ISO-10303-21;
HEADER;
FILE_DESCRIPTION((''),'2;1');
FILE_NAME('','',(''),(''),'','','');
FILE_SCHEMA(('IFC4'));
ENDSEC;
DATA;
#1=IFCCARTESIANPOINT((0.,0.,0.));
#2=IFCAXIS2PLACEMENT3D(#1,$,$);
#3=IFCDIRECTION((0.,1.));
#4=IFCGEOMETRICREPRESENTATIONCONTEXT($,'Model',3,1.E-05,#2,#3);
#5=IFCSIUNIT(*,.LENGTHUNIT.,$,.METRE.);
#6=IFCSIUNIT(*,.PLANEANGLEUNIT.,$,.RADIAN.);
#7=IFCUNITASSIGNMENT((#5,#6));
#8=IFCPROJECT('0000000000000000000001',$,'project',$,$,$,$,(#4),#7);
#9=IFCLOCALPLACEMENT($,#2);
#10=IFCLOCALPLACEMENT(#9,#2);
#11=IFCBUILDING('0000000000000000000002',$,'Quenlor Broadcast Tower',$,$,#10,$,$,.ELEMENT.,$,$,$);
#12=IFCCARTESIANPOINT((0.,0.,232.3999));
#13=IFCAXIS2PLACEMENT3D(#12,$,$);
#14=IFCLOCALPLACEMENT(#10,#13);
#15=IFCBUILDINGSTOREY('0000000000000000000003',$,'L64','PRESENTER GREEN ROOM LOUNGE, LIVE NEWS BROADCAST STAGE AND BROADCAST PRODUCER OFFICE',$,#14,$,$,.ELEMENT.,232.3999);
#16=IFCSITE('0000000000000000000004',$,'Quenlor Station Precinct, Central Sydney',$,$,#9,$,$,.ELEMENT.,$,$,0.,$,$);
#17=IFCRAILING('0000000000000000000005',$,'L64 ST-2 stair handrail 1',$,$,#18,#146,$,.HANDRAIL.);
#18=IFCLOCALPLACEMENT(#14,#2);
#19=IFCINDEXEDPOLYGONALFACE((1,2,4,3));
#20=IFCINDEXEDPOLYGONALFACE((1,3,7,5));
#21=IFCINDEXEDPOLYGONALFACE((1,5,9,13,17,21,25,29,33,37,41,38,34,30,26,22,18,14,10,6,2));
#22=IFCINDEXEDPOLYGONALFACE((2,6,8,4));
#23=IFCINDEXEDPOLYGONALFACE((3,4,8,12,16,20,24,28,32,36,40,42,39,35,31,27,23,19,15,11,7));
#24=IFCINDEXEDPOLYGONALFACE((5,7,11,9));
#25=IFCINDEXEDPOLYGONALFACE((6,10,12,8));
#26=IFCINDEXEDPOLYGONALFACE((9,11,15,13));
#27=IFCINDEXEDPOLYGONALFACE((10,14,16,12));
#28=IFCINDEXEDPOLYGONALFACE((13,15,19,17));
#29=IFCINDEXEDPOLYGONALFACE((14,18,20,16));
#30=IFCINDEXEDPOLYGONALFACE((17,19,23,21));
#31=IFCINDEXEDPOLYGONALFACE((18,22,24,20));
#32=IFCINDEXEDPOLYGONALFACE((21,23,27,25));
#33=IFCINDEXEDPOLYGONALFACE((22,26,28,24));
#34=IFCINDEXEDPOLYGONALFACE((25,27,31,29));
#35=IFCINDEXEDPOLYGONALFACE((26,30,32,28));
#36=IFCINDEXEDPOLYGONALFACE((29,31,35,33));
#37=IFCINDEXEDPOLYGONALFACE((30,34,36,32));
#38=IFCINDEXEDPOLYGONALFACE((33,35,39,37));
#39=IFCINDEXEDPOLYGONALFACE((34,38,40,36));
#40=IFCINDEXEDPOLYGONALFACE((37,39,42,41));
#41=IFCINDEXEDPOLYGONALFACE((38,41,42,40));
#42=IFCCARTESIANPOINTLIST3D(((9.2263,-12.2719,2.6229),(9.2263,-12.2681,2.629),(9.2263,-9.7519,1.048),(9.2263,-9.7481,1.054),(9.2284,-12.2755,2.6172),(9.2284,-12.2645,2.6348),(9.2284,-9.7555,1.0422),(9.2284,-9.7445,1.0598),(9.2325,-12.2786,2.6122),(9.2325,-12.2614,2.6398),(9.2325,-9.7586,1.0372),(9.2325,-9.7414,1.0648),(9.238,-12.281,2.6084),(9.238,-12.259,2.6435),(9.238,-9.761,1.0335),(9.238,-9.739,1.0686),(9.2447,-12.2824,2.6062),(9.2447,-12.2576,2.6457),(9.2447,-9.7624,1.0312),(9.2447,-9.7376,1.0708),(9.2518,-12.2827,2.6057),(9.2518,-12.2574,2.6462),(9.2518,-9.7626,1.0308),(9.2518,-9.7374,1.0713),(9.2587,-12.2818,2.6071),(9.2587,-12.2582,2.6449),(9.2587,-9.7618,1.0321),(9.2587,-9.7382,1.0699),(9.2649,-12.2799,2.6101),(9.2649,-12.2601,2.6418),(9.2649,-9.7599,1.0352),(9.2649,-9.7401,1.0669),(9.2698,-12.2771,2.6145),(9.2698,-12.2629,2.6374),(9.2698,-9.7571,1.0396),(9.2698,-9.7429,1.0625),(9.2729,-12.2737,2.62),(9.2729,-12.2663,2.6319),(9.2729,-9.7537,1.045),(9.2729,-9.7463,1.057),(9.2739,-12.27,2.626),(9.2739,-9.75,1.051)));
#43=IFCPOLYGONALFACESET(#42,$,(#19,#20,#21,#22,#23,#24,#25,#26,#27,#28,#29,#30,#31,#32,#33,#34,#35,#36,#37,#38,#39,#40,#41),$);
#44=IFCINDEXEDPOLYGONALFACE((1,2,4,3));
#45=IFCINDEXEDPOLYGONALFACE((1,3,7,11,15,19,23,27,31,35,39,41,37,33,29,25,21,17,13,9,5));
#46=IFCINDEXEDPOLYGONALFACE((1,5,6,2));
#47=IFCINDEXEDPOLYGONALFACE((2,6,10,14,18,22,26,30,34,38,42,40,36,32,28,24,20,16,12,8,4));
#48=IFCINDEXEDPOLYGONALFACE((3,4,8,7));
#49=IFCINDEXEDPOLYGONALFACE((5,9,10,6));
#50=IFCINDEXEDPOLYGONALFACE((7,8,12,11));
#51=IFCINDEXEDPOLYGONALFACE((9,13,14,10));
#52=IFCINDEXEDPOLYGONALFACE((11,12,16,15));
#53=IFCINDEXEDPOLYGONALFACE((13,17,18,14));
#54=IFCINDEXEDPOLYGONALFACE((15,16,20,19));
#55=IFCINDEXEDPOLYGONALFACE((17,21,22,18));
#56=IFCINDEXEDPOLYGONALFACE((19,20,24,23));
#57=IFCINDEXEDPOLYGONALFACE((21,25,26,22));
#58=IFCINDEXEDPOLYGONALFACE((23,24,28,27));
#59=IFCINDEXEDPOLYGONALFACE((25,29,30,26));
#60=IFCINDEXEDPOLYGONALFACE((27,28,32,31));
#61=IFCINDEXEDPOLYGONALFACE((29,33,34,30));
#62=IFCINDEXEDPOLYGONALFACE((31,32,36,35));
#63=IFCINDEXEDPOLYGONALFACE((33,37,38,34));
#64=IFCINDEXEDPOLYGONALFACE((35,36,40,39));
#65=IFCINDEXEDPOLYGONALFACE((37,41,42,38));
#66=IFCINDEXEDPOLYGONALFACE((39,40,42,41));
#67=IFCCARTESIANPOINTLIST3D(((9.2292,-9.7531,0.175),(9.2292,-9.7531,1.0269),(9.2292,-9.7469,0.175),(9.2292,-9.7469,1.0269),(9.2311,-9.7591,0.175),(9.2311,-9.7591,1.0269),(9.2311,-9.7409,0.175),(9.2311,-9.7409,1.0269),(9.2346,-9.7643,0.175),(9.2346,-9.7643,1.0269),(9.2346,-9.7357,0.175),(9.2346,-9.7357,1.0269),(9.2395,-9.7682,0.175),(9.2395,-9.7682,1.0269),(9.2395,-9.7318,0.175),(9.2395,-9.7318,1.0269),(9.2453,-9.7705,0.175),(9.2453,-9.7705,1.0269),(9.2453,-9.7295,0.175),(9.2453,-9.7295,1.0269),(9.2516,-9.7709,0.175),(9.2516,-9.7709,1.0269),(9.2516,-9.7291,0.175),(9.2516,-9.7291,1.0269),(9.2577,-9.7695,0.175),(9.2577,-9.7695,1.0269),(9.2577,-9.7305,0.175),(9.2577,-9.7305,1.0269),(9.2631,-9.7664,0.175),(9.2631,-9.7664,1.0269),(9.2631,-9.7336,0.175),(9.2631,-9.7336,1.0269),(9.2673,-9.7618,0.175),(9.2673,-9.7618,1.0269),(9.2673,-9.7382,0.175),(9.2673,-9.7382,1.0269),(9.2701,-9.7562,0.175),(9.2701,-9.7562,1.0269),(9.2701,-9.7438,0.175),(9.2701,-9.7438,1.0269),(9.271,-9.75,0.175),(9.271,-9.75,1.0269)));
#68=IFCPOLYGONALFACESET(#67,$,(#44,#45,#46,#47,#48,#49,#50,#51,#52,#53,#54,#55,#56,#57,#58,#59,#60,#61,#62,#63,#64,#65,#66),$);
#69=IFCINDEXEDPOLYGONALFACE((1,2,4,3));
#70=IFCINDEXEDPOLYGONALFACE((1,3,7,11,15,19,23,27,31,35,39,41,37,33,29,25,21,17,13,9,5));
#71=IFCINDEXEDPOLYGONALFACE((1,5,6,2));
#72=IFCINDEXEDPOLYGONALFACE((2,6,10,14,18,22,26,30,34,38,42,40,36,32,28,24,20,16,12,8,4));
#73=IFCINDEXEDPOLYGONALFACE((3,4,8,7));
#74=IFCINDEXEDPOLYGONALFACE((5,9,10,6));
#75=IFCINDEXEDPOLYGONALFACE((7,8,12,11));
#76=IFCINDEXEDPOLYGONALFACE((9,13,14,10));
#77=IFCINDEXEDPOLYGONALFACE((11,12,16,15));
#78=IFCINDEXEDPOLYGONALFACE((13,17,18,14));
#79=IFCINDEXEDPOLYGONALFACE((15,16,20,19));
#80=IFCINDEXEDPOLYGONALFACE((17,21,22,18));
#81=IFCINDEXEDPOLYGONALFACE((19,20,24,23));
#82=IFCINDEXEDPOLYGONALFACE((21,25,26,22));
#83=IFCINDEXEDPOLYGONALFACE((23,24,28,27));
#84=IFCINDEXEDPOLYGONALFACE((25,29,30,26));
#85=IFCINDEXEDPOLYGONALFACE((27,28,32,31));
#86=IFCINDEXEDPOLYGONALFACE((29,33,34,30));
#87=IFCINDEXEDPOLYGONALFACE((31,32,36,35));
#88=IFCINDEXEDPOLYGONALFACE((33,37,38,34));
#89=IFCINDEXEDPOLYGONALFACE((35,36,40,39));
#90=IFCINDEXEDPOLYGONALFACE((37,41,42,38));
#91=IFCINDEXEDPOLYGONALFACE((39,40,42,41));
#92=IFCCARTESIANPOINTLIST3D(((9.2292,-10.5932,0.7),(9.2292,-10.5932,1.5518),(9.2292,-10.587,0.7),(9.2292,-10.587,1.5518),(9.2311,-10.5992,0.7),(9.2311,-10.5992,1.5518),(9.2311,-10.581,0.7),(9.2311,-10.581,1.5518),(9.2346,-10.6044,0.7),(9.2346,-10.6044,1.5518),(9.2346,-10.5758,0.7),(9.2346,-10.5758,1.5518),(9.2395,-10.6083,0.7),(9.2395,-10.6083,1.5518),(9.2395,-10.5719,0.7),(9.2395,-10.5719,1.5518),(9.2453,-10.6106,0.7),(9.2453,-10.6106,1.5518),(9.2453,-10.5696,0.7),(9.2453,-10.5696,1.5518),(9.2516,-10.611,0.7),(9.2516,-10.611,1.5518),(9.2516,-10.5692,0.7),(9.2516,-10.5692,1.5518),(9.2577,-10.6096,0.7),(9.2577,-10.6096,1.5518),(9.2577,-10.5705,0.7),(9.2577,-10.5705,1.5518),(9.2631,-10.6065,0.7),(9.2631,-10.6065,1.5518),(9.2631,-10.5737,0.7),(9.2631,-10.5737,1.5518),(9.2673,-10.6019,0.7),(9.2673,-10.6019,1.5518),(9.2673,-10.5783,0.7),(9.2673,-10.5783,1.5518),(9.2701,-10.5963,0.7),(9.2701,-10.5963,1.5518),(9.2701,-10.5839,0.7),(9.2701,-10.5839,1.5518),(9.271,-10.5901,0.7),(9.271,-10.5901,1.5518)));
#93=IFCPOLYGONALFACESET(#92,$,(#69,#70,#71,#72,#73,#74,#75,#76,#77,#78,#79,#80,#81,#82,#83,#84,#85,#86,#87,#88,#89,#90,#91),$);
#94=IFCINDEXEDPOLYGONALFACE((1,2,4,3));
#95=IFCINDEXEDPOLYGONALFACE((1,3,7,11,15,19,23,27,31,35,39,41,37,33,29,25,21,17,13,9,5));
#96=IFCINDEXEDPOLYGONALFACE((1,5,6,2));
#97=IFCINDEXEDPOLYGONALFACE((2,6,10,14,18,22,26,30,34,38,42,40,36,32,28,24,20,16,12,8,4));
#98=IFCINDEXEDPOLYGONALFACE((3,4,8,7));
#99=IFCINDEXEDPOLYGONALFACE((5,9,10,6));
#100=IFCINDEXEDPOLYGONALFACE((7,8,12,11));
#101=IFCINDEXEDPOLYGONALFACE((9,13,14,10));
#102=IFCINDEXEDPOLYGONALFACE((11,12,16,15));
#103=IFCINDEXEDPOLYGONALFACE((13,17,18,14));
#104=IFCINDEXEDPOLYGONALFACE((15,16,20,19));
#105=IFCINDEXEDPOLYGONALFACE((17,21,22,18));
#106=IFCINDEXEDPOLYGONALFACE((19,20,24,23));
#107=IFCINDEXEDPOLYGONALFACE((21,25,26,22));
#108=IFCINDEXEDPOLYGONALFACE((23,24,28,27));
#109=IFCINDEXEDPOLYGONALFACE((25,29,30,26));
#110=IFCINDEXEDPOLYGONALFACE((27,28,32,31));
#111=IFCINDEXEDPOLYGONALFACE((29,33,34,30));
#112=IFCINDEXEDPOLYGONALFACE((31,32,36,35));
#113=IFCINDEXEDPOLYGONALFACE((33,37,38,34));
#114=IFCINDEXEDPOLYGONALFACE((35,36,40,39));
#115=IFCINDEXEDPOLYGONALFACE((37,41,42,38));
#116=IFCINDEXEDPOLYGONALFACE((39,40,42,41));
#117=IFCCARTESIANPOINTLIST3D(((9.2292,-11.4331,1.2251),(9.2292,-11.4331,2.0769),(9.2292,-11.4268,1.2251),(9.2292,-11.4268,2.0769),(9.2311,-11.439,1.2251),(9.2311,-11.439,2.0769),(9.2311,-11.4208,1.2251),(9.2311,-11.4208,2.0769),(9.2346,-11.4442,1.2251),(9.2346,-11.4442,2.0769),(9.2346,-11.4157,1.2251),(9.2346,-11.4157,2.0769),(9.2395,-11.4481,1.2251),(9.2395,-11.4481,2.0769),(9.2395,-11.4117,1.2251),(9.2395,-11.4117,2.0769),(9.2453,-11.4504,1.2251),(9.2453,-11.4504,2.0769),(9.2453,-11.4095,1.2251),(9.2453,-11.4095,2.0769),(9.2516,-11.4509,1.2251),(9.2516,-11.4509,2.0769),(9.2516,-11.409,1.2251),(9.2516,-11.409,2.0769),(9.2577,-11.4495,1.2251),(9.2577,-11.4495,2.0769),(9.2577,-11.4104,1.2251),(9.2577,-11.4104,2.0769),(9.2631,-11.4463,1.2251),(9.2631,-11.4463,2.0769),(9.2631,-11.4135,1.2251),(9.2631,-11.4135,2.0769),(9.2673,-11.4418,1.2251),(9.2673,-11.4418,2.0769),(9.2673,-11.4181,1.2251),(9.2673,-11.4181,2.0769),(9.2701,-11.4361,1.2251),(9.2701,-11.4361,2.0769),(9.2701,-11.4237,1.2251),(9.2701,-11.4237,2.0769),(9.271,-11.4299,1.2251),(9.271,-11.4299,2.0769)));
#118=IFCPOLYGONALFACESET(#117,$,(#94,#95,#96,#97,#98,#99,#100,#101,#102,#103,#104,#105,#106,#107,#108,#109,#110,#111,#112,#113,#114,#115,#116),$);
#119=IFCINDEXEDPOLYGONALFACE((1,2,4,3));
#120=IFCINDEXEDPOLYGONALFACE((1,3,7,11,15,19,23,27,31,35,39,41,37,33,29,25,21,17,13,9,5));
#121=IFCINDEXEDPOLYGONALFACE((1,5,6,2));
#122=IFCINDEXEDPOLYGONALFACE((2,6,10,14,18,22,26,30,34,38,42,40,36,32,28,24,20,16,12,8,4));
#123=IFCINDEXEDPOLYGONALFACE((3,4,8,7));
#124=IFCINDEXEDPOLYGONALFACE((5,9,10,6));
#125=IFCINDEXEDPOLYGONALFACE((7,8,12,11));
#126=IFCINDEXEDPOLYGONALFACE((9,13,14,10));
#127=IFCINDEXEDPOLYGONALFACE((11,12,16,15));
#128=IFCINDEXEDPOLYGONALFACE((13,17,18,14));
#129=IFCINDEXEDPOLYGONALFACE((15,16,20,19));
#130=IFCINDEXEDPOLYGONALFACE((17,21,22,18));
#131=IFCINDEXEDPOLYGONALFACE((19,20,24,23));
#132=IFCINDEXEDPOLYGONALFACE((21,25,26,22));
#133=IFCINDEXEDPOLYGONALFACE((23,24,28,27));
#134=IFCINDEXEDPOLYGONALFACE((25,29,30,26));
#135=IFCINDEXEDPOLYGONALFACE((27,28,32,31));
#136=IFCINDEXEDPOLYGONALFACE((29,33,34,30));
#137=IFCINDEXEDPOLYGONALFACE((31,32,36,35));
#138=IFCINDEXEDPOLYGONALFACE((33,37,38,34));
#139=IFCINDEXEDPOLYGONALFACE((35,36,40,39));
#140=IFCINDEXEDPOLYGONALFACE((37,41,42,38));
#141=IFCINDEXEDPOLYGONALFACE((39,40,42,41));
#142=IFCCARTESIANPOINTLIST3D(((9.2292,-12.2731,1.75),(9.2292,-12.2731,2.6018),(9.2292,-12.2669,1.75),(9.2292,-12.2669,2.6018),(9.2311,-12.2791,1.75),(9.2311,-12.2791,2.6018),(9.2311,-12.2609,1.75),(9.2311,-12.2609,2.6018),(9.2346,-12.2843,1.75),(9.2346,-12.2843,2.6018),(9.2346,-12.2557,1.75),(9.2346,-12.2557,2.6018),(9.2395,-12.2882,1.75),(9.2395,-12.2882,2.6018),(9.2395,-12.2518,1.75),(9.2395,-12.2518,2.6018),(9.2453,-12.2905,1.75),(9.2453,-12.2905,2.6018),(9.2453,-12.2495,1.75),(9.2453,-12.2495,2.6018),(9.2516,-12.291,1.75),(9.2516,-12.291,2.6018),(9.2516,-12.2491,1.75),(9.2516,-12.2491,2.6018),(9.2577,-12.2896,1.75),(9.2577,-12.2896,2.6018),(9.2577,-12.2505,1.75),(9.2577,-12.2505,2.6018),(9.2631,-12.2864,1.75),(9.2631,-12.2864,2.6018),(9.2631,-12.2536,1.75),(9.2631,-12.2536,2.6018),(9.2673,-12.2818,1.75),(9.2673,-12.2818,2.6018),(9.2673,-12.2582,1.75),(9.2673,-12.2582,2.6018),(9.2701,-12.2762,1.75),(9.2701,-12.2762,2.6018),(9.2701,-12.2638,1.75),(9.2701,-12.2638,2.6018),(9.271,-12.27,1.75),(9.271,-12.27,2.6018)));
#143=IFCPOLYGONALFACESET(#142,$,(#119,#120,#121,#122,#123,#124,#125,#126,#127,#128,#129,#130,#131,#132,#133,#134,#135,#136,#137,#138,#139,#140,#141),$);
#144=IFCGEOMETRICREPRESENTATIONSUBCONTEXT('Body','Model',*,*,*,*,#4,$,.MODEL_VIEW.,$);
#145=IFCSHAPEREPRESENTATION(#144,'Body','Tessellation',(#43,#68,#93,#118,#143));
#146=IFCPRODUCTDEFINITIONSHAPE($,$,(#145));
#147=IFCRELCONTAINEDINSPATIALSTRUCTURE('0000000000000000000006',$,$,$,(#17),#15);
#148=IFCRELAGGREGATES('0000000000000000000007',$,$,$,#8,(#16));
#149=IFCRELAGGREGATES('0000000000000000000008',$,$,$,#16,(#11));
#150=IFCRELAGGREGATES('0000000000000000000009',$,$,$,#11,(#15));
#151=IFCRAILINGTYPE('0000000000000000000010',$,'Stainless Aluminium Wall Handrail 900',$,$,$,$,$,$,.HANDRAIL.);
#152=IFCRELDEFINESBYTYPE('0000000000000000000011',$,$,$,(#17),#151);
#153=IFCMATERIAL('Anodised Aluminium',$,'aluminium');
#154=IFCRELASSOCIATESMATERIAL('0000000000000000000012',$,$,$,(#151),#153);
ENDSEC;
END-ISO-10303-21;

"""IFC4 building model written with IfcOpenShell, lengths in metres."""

from ifc_helpers import new_model, si_unit, direction, frame, origin, origin_2d, place, context, subcontext, project, spatial, circle, extrude, material, type_object, element, save


model = new_model("IFC4")

# Units and contexts
model_context = context("Model", 3, precision=1e-05, world=origin(), true_north=direction((0.0, 1.0)))
body_context = subcontext(model_context, "Body", "Model", "MODEL_VIEW")
ifc_project = project(units=[si_unit("LENGTHUNIT", "METRE"), si_unit("PLANEANGLEUNIT", "RADIAN")], contexts=[model_context])

# Site, building, storey
site_placement = place(None, origin())
site = spatial("IfcSite", under=ifc_project, at=site_placement, Name="Quenlor Station Precinct, Central Sydney", CompositionType="ELEMENT", RefElevation=0.0)
building_placement = place(site_placement, origin())
building = spatial("IfcBuilding", under=site, at=building_placement, Name="Quenlor Broadcast Tower", CompositionType="ELEMENT")
storey_placement = place(building_placement, frame((0.0, 0.0, 232.3999)))
storey = spatial("IfcBuildingStorey", under=building, at=storey_placement, Name="L64", Description="PRESENTER GREEN ROOM LOUNGE, LIVE NEWS BROADCAST STAGE AND BROADCAST PRODUCER OFFICE", CompositionType="ELEMENT", Elevation=232.3999)

# Railing
ifc_material_1 = material(Name="Anodised Aluminium", Category="aluminium")
railing_type_1 = type_object("IfcRailingType", Name="Stainless Aluminium Wall Handrail 900", PredefinedType="HANDRAIL", material=ifc_material_1)
railing_1_placement = place(storey_placement, frame((9.25, -9.75, 0.175)))
element("IfcRailing", 1, at=railing_1_placement, inside=storey, type_object=railing_type_1, Name="L64 ST-2 stair handrail 1", PredefinedType="HANDRAIL", context=body_context, shape_type="SweptSolid", body=[
    extrude(circle(Radius=0.0239, at=origin_2d()), frame((0.0, 0.0, 0.876), z_axis=(0.0, -0.848008, 0.529984), x_axis=(1.0, 0.0, 0.0)), (0.0, 0.0, 1.0), 2.9717),
    extrude(circle(Radius=0.021, at=origin_2d()), origin(), (0.0, 0.0, 1.0), 0.8518),
    extrude(circle(Radius=0.021, at=origin_2d()), frame((0.0, -0.8401, 0.5249)), (0.0, 0.0, 1.0), 0.8518),
    extrude(circle(Radius=0.021, at=origin_2d()), frame((0.0, -1.6799, 1.05)), (0.0, 0.0, 1.0), 0.8518),
    extrude(circle(Radius=0.021, at=origin_2d()), frame((0.0, -2.52, 1.575)), (0.0, 0.0, 1.0), 0.8518),
])

save(model, "model.ifc")
